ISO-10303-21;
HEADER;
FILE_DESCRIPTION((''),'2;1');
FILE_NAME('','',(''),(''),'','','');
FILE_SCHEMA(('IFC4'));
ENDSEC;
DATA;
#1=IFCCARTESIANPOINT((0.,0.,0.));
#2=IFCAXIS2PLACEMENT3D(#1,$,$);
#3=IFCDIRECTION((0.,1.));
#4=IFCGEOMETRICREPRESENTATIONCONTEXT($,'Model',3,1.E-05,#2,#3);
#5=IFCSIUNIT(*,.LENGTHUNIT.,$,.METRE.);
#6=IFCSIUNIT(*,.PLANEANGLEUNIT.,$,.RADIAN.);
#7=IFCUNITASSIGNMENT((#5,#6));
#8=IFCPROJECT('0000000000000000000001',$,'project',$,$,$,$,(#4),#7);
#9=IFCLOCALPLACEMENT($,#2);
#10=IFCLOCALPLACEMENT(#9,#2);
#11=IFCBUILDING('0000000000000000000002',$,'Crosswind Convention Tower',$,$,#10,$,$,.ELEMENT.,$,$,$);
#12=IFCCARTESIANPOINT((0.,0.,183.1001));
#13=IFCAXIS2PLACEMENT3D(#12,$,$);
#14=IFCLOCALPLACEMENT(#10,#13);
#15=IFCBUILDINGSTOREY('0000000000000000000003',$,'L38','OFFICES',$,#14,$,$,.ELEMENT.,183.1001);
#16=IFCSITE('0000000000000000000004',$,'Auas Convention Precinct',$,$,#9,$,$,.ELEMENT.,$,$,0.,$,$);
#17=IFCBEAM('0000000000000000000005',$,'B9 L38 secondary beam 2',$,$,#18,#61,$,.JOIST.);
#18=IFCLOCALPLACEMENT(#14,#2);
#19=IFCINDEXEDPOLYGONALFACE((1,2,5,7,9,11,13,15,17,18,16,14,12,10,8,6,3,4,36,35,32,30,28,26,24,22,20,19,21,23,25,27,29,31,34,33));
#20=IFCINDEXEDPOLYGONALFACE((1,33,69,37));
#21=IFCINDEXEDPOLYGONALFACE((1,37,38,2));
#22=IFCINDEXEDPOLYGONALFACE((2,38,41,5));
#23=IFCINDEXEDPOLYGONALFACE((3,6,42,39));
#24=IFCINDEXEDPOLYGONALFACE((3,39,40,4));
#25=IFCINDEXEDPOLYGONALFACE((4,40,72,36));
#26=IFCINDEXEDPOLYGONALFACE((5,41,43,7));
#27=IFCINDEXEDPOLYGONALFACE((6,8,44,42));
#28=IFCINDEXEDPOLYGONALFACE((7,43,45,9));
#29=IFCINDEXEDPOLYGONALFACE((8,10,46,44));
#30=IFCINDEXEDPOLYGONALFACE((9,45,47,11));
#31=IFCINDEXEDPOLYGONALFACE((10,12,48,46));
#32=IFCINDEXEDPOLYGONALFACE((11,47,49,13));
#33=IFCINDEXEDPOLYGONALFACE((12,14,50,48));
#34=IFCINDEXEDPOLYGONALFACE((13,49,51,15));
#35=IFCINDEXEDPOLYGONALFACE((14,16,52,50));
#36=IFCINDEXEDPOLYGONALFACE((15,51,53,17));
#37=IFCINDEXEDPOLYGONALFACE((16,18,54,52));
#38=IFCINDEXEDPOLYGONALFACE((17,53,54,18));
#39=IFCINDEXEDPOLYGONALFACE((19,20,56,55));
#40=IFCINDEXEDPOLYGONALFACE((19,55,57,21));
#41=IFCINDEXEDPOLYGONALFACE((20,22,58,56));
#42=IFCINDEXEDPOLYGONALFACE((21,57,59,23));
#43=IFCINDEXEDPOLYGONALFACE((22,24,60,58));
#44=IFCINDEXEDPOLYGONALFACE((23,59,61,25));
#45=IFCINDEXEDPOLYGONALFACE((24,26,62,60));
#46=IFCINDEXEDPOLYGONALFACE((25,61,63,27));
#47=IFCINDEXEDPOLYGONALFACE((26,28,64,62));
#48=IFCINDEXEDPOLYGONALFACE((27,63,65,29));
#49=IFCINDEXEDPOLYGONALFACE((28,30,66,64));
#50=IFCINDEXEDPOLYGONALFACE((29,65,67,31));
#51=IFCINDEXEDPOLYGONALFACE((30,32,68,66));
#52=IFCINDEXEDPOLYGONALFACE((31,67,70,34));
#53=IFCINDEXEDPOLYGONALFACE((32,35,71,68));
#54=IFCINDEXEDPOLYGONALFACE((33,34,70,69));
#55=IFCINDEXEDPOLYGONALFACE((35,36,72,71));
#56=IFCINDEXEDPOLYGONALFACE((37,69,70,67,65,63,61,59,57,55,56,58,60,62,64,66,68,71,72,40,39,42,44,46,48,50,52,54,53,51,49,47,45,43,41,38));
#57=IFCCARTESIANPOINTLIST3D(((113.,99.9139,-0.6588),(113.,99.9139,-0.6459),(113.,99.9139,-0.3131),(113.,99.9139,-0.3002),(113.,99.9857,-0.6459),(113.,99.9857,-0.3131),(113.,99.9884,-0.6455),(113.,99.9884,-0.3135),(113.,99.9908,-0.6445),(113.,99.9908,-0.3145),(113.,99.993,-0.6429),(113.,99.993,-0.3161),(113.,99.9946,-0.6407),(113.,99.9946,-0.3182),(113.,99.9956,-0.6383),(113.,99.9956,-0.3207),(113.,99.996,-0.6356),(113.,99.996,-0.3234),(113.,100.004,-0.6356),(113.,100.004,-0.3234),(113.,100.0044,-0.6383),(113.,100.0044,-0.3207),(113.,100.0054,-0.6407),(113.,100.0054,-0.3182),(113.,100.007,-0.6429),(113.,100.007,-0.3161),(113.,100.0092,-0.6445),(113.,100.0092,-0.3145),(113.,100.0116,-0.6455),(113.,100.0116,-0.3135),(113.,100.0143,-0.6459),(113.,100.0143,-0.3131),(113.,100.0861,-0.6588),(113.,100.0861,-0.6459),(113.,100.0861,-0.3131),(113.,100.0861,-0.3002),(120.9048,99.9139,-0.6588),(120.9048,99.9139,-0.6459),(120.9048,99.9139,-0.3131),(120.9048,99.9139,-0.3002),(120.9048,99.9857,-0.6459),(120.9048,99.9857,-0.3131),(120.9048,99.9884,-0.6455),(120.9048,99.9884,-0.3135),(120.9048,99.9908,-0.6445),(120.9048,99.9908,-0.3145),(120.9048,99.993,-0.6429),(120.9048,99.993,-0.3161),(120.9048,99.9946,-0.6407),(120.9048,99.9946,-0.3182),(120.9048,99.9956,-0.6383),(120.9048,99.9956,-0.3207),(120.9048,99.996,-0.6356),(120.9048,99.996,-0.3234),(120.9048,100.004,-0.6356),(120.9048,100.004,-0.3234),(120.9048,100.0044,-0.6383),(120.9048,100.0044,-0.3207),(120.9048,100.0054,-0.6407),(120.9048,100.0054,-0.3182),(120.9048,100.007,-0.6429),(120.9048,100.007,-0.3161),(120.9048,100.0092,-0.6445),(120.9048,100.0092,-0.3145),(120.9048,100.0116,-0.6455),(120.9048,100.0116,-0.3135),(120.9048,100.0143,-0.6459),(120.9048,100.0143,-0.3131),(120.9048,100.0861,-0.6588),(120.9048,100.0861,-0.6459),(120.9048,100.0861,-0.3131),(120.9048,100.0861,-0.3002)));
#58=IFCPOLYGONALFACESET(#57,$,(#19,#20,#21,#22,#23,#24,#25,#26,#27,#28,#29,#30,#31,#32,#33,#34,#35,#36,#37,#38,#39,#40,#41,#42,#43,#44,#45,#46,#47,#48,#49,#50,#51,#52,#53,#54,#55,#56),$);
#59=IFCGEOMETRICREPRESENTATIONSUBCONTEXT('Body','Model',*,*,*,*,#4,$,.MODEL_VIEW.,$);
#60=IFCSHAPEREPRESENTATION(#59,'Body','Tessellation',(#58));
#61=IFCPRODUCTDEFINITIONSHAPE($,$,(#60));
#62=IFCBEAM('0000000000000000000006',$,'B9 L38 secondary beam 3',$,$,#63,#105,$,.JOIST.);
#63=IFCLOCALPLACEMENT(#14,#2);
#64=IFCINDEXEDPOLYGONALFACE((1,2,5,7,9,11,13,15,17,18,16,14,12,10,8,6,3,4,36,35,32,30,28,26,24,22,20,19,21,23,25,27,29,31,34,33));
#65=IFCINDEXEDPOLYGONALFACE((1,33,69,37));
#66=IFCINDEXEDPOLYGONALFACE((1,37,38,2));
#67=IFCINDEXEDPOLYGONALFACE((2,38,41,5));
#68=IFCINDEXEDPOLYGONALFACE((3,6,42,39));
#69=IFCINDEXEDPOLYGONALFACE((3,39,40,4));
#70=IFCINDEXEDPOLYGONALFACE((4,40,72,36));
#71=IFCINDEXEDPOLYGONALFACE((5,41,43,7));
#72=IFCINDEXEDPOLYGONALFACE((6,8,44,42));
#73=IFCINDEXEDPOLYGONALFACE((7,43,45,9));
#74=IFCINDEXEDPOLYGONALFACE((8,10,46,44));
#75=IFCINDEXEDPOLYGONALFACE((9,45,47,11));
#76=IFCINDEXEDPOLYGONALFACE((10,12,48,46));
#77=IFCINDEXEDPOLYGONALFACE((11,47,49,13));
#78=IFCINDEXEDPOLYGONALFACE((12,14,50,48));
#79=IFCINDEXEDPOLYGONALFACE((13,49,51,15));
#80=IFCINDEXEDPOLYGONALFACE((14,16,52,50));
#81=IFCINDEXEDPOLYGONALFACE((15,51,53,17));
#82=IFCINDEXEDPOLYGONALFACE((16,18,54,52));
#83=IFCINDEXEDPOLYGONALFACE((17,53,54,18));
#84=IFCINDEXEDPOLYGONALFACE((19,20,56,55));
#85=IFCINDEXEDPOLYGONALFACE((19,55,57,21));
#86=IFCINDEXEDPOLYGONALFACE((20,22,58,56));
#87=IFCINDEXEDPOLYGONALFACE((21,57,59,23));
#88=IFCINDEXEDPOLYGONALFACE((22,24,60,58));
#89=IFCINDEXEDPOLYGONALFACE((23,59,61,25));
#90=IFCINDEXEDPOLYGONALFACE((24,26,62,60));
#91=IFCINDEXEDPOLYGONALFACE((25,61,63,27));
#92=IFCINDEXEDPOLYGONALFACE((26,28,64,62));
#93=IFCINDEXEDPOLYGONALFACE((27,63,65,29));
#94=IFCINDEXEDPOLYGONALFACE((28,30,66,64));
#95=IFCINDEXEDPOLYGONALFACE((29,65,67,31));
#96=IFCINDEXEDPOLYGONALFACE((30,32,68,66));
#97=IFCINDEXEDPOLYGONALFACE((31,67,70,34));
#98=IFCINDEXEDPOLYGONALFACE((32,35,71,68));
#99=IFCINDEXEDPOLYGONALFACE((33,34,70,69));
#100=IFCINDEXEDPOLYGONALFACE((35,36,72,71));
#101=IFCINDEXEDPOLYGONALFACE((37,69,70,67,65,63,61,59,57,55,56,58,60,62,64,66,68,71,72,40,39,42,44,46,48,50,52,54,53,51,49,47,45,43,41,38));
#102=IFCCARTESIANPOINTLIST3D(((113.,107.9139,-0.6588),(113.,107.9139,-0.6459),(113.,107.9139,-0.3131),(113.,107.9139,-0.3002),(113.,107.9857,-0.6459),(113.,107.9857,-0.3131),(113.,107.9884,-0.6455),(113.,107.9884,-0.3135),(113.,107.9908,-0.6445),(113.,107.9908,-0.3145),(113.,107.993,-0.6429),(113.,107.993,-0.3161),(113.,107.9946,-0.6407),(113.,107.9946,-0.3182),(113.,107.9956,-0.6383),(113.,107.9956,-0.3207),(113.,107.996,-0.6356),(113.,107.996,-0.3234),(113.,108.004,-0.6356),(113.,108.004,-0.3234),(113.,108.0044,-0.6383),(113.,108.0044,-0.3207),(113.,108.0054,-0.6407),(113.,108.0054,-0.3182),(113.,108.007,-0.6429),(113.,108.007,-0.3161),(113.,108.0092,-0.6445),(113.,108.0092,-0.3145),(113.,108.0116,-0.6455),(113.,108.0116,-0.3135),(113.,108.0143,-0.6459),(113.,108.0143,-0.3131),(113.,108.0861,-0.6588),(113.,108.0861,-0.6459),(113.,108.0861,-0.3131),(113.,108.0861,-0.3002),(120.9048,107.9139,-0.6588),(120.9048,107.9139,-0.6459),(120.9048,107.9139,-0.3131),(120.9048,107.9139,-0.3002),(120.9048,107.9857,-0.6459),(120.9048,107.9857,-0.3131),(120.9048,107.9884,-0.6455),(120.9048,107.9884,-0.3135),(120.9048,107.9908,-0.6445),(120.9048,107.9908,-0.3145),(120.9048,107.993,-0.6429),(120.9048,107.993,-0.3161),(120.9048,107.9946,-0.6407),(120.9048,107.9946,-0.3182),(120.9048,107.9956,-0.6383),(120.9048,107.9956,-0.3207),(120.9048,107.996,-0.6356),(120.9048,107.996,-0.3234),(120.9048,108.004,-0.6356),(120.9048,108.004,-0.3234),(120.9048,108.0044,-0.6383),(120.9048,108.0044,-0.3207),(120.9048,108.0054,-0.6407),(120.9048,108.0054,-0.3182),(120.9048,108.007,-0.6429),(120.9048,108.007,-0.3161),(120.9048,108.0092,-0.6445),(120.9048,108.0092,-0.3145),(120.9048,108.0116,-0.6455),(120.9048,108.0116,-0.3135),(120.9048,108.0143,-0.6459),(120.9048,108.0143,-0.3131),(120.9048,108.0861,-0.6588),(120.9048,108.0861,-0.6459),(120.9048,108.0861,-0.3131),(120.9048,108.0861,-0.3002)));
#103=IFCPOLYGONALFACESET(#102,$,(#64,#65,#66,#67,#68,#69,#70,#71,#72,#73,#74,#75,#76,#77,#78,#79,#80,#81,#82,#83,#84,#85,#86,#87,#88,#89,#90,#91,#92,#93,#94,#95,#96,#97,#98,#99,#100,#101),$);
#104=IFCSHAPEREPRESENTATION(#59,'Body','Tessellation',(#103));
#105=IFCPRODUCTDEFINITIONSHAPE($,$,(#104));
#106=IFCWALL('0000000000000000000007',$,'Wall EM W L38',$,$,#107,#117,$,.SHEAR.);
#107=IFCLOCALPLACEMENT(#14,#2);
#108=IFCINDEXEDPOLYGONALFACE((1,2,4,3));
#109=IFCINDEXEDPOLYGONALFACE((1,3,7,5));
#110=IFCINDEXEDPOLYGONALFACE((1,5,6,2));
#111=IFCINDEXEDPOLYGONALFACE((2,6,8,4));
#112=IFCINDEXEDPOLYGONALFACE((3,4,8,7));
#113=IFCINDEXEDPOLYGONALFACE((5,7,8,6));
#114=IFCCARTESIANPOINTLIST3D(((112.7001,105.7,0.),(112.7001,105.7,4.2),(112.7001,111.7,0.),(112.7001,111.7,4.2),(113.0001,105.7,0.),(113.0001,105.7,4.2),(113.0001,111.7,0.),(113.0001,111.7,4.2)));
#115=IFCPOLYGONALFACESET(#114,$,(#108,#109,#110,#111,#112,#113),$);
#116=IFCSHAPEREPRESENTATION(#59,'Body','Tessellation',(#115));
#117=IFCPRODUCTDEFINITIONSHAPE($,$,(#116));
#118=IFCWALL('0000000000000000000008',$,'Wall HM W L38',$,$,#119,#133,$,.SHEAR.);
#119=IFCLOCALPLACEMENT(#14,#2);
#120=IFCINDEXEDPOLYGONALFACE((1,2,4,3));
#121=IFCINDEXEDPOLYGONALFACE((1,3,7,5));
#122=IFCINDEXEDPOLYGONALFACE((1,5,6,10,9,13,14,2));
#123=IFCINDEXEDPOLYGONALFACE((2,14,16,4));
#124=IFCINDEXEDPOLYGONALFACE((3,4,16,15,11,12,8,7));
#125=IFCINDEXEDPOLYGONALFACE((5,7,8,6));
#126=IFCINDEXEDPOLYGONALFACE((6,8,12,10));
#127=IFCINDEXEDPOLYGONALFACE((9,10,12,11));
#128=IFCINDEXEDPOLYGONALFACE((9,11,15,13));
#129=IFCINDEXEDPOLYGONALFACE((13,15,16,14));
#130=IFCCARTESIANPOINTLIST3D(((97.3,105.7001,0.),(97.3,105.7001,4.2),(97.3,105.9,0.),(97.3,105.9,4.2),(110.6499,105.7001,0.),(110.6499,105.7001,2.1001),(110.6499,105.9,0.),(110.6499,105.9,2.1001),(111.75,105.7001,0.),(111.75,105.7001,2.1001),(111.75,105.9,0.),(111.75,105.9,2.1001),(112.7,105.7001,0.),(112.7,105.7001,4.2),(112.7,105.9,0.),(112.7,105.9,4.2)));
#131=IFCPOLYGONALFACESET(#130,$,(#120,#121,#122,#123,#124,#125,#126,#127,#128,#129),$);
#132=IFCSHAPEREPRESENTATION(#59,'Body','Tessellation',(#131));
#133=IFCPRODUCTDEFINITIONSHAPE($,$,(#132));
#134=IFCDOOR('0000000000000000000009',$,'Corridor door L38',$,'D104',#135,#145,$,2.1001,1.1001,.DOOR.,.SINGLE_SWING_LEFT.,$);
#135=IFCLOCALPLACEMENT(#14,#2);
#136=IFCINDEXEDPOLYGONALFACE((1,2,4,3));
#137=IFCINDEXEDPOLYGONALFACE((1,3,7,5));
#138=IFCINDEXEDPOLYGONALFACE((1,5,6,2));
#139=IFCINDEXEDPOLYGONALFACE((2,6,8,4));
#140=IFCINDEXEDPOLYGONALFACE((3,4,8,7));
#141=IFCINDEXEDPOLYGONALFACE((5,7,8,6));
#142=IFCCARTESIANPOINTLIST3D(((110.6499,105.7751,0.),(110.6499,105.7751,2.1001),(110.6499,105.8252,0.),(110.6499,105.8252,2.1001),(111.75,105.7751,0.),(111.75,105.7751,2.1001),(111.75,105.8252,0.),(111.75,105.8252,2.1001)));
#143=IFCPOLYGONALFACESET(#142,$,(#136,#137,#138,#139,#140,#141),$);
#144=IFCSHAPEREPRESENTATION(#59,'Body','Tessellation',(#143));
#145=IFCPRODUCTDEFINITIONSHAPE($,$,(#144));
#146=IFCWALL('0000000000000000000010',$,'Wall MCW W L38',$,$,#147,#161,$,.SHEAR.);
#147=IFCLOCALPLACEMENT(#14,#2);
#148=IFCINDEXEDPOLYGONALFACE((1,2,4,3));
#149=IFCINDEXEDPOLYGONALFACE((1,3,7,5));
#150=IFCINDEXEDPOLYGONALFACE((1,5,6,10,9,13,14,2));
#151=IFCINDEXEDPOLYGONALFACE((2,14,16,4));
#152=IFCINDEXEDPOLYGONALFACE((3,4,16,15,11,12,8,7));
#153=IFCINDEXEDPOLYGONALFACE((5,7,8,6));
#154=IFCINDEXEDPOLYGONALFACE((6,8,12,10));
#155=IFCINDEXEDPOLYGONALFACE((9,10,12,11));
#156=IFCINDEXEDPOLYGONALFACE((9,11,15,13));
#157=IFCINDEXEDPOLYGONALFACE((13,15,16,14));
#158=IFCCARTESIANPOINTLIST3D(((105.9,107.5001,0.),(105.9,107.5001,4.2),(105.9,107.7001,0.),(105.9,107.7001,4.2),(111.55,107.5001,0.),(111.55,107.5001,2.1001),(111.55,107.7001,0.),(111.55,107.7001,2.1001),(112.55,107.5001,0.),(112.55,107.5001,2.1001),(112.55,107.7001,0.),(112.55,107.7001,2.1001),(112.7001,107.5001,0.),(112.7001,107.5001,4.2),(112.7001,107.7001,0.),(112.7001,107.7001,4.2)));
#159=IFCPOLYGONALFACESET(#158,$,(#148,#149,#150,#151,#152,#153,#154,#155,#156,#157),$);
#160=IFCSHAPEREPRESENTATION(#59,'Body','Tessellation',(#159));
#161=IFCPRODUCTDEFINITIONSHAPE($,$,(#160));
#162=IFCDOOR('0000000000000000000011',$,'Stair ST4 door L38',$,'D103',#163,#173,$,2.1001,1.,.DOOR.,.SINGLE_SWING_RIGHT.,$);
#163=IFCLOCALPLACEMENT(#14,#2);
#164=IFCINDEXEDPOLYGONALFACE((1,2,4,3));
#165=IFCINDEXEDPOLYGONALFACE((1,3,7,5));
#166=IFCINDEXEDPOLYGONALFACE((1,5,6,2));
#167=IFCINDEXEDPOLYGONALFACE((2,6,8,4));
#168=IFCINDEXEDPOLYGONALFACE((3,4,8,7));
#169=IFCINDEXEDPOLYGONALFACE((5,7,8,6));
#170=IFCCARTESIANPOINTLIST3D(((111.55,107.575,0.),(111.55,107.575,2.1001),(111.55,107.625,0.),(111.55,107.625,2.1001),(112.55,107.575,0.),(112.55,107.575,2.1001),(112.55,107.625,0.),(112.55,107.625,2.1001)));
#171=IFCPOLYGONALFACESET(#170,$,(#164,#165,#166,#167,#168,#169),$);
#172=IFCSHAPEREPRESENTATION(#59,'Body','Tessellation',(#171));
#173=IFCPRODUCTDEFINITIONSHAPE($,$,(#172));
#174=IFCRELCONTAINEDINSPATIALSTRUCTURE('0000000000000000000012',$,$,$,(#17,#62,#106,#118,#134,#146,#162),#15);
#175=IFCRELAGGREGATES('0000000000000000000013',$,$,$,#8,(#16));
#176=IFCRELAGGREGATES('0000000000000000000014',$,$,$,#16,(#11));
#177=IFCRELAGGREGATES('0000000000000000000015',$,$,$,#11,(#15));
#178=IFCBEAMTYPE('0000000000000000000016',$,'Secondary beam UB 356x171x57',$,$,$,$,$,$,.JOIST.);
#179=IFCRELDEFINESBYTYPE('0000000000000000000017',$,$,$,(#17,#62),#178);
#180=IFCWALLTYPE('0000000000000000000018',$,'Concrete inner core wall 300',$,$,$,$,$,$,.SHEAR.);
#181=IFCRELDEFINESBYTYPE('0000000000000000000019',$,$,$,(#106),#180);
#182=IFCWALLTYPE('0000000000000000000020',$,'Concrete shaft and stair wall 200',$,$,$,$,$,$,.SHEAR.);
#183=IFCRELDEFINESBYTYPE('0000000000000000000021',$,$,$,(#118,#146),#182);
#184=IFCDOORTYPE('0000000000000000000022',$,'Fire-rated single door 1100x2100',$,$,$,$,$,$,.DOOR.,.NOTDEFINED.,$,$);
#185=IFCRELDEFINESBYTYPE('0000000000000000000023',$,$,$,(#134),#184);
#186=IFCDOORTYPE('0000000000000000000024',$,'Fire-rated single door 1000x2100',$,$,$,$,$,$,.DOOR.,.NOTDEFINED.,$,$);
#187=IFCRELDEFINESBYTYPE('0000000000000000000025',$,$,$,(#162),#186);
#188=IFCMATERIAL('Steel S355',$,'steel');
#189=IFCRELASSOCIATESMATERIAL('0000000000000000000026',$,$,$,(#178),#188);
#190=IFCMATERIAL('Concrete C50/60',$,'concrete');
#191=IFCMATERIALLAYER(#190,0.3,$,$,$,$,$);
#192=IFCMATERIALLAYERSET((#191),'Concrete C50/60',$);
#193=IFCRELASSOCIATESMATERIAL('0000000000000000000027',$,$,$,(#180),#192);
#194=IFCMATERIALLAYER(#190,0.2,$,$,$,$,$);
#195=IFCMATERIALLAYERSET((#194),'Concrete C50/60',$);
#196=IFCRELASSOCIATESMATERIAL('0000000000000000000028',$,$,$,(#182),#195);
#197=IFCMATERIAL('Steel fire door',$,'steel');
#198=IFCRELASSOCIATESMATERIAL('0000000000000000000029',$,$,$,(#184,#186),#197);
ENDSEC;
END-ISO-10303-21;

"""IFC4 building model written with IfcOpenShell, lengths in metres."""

from ifc_helpers import new_model, si_unit, direction, frame, frame_2d, origin, origin_2d, place, context, subcontext, project, spatial, rectangle, i_section, extrude, material, layer, layer_set, material_profile, profile_set, type_object, element, fill, save


model = new_model("IFC4")

# Units and contexts
model_context = context("Model", 3, precision=1e-05, world=origin(), true_north=direction((0.0, 1.0)))
body_context = subcontext(model_context, "Body", "Model", "MODEL_VIEW")
ifc_project = project(units=[si_unit("LENGTHUNIT", "METRE"), si_unit("PLANEANGLEUNIT", "RADIAN")], contexts=[model_context])

# Site, building, storey
site_placement = place(None, origin())
site = spatial("IfcSite", under=ifc_project, at=site_placement, Name="Auas Convention Precinct", CompositionType="ELEMENT", RefElevation=0.0)
building_placement = place(site_placement, origin())
building = spatial("IfcBuilding", under=site, at=building_placement, Name="Crosswind Convention Tower", CompositionType="ELEMENT")
storey_placement = place(building_placement, frame((0.0, 0.0, 183.1001)))
storey = spatial("IfcBuildingStorey", under=building, at=storey_placement, Name="L38", Description="OFFICES", CompositionType="ELEMENT", Elevation=183.1001)

# Beams
ifc_material_1 = material(Name="Steel S355", Category="steel")
ifc_material_profile_1 = material_profile(ifc_material_1, i_section(OverallWidth=0.1721, OverallDepth=0.3586, WebThickness=0.0081, FlangeThickness=0.0129, FilletRadius=0.0103, at=origin_2d()), Name="UB 356x171x57")
ifc_profile_set_1 = profile_set([ifc_material_profile_1], Name="Steel S355")
beam_type_1 = type_object("IfcBeamType", Name="Secondary beam UB 356x171x57", PredefinedType="JOIST", material=ifc_profile_set_1)
for number, where, z_axis, x_axis, name in (
    (1, (113.0, 100.0, -0.4795), (1.0, 0.0, 0.0), (0.0, 1.0, 0.0), "B9 L38 secondary beam 2"),
    (2, (113.0, 108.0, -0.4795), (1.0, 0.0, 0.0), (0.0, 1.0, 0.0), "B9 L38 secondary beam 3"),
):
    element("IfcBeam", number, at=place(storey_placement, frame(where, z_axis=z_axis, x_axis=x_axis)), inside=storey, type_object=beam_type_1, Name=name, PredefinedType="JOIST", context=body_context, shape_type="SweptSolid", body=[
        extrude(i_section(OverallWidth=0.1721, OverallDepth=0.3586, WebThickness=0.0081, FlangeThickness=0.0129, FilletRadius=0.0103, at=origin_2d()), origin(), (0.0, 0.0, 1.0), 7.9048),
    ])

# Shared definitions
ifc_material_2 = material(Name="Concrete C50/60", Category="concrete")
ifc_layer_1 = layer(ifc_material_2, 0.3)
ifc_layer_set_1 = layer_set([ifc_layer_1], Name="Concrete C50/60")
wall_type_1 = type_object("IfcWallType", Name="Concrete inner core wall 300", PredefinedType="SHEAR", material=ifc_layer_set_1)

# Wall
wall_1_placement = place(storey_placement, frame((112.8501, 111.7, 0.0), z_axis=(0.0, 0.0, 1.0), x_axis=(0.0, -1.0, 0.0)))
element("IfcWall", 3, at=wall_1_placement, inside=storey, type_object=wall_type_1, Name="Wall EM W L38", PredefinedType="SHEAR", context=body_context, shape_type="SweptSolid", body=[
    extrude(rectangle(XDim=6.0, YDim=0.3, at=frame_2d((3.0, 0.0))), origin(), (0.0, 0.0, 1.0), 4.2),
])

# Walls, openings, doors
ifc_layer_2 = layer(ifc_material_2, 0.2)
ifc_layer_set_2 = layer_set([ifc_layer_2], Name="Concrete C50/60")
wall_type_2 = type_object("IfcWallType", Name="Concrete shaft and stair wall 200", PredefinedType="SHEAR", material=ifc_layer_set_2)
wall_2_placement = place(storey_placement, frame((112.7, 105.8, 0.0), z_axis=(0.0, 0.0, 1.0), x_axis=(-1.0, 0.0, 0.0)))
wall_2 = element("IfcWall", 4, at=wall_2_placement, inside=storey, type_object=wall_type_2, Name="Wall HM W L38", PredefinedType="SHEAR", context=body_context, shape_type="SweptSolid", body=[
    extrude(rectangle(XDim=15.3999, YDim=0.2, at=frame_2d((7.7, 0.0))), origin(), (0.0, 0.0, 1.0), 4.2),
])
opening_1_placement = place(wall_2_placement, frame((0.95, 0.0, 0.0)))
opening_1 = element("IfcOpeningElement", 5, at=opening_1_placement, cuts=wall_2, PredefinedType="OPENING", context=body_context, shape_type="SweptSolid", body=[
    extrude(rectangle(XDim=1.1001, YDim=2.1001, at=frame_2d((0.55, 1.05))), frame((0.0, 0.1099, 0.0), z_axis=(0.0, -1.0, 0.0), x_axis=(1.0, 0.0, 0.0)), (0.0, 0.0, 1.0), 0.22),
])
ifc_material_3 = material(Name="Steel fire door", Category="steel")
door_type_1 = type_object("IfcDoorType", Name="Fire-rated single door 1100x2100", OperationType="NOTDEFINED", PredefinedType="DOOR", material=ifc_material_3)
door_1_placement = place(opening_1_placement, origin())
door_1 = element("IfcDoor", 6, at=door_1_placement, inside=storey, type_object=door_type_1, Name="Corridor door L38", ObjectType="D104", OperationType="SINGLE_SWING_LEFT", OverallHeight=2.1001, OverallWidth=1.1001, PredefinedType="DOOR", context=body_context, shape_type="SweptSolid", body=[
    extrude(rectangle(XDim=1.1001, YDim=2.1001, at=frame_2d((0.55, 1.05))), frame((0.0, 0.0249, 0.0), z_axis=(0.0, -1.0, 0.0), x_axis=(1.0, 0.0, 0.0)), (0.0, 0.0, 1.0), 0.05),
])
fill(opening_1, door_1)
wall_3_placement = place(storey_placement, frame((112.7, 107.6001, 0.0), z_axis=(0.0, 0.0, 1.0), x_axis=(-1.0, 0.0, 0.0)))
wall_3 = element("IfcWall", 7, at=wall_3_placement, inside=storey, type_object=wall_type_2, Name="Wall MCW W L38", PredefinedType="SHEAR", context=body_context, shape_type="SweptSolid", body=[
    extrude(rectangle(XDim=6.8, YDim=0.2, at=frame_2d((3.3999, 0.0))), origin(), (0.0, 0.0, 1.0), 4.2),
])
opening_2_placement = place(wall_3_placement, frame((0.1499, 0.0, 0.0)))
opening_2 = element("IfcOpeningElement", 8, at=opening_2_placement, cuts=wall_3, PredefinedType="OPENING", context=body_context, shape_type="SweptSolid", body=[
    extrude(rectangle(XDim=1.0, YDim=2.1001, at=frame_2d((0.5, 1.05))), frame((0.0, 0.1099, 0.0), z_axis=(0.0, -1.0, 0.0), x_axis=(1.0, 0.0, 0.0)), (0.0, 0.0, 1.0), 0.22),
])
door_type_2 = type_object("IfcDoorType", Name="Fire-rated single door 1000x2100", OperationType="NOTDEFINED", PredefinedType="DOOR", material=ifc_material_3)
door_2_placement = place(opening_2_placement, frame((1.0, 0.0, 0.0), z_axis=(0.0, 0.0, 1.0), x_axis=(-1.0, 0.0, 0.0)))
door_2 = element("IfcDoor", 9, at=door_2_placement, inside=storey, type_object=door_type_2, Name="Stair ST4 door L38", ObjectType="D103", OperationType="SINGLE_SWING_RIGHT", OverallHeight=2.1001, OverallWidth=1.0, PredefinedType="DOOR", context=body_context, shape_type="SweptSolid", body=[
    extrude(rectangle(XDim=1.0, YDim=2.1001, at=frame_2d((0.5, 1.05))), frame((0.0, 0.0249, 0.0), z_axis=(0.0, -1.0, 0.0), x_axis=(1.0, 0.0, 0.0)), (0.0, 0.0, 1.0), 0.05),
])
fill(opening_2, door_2)

save(model, "model.ifc")
